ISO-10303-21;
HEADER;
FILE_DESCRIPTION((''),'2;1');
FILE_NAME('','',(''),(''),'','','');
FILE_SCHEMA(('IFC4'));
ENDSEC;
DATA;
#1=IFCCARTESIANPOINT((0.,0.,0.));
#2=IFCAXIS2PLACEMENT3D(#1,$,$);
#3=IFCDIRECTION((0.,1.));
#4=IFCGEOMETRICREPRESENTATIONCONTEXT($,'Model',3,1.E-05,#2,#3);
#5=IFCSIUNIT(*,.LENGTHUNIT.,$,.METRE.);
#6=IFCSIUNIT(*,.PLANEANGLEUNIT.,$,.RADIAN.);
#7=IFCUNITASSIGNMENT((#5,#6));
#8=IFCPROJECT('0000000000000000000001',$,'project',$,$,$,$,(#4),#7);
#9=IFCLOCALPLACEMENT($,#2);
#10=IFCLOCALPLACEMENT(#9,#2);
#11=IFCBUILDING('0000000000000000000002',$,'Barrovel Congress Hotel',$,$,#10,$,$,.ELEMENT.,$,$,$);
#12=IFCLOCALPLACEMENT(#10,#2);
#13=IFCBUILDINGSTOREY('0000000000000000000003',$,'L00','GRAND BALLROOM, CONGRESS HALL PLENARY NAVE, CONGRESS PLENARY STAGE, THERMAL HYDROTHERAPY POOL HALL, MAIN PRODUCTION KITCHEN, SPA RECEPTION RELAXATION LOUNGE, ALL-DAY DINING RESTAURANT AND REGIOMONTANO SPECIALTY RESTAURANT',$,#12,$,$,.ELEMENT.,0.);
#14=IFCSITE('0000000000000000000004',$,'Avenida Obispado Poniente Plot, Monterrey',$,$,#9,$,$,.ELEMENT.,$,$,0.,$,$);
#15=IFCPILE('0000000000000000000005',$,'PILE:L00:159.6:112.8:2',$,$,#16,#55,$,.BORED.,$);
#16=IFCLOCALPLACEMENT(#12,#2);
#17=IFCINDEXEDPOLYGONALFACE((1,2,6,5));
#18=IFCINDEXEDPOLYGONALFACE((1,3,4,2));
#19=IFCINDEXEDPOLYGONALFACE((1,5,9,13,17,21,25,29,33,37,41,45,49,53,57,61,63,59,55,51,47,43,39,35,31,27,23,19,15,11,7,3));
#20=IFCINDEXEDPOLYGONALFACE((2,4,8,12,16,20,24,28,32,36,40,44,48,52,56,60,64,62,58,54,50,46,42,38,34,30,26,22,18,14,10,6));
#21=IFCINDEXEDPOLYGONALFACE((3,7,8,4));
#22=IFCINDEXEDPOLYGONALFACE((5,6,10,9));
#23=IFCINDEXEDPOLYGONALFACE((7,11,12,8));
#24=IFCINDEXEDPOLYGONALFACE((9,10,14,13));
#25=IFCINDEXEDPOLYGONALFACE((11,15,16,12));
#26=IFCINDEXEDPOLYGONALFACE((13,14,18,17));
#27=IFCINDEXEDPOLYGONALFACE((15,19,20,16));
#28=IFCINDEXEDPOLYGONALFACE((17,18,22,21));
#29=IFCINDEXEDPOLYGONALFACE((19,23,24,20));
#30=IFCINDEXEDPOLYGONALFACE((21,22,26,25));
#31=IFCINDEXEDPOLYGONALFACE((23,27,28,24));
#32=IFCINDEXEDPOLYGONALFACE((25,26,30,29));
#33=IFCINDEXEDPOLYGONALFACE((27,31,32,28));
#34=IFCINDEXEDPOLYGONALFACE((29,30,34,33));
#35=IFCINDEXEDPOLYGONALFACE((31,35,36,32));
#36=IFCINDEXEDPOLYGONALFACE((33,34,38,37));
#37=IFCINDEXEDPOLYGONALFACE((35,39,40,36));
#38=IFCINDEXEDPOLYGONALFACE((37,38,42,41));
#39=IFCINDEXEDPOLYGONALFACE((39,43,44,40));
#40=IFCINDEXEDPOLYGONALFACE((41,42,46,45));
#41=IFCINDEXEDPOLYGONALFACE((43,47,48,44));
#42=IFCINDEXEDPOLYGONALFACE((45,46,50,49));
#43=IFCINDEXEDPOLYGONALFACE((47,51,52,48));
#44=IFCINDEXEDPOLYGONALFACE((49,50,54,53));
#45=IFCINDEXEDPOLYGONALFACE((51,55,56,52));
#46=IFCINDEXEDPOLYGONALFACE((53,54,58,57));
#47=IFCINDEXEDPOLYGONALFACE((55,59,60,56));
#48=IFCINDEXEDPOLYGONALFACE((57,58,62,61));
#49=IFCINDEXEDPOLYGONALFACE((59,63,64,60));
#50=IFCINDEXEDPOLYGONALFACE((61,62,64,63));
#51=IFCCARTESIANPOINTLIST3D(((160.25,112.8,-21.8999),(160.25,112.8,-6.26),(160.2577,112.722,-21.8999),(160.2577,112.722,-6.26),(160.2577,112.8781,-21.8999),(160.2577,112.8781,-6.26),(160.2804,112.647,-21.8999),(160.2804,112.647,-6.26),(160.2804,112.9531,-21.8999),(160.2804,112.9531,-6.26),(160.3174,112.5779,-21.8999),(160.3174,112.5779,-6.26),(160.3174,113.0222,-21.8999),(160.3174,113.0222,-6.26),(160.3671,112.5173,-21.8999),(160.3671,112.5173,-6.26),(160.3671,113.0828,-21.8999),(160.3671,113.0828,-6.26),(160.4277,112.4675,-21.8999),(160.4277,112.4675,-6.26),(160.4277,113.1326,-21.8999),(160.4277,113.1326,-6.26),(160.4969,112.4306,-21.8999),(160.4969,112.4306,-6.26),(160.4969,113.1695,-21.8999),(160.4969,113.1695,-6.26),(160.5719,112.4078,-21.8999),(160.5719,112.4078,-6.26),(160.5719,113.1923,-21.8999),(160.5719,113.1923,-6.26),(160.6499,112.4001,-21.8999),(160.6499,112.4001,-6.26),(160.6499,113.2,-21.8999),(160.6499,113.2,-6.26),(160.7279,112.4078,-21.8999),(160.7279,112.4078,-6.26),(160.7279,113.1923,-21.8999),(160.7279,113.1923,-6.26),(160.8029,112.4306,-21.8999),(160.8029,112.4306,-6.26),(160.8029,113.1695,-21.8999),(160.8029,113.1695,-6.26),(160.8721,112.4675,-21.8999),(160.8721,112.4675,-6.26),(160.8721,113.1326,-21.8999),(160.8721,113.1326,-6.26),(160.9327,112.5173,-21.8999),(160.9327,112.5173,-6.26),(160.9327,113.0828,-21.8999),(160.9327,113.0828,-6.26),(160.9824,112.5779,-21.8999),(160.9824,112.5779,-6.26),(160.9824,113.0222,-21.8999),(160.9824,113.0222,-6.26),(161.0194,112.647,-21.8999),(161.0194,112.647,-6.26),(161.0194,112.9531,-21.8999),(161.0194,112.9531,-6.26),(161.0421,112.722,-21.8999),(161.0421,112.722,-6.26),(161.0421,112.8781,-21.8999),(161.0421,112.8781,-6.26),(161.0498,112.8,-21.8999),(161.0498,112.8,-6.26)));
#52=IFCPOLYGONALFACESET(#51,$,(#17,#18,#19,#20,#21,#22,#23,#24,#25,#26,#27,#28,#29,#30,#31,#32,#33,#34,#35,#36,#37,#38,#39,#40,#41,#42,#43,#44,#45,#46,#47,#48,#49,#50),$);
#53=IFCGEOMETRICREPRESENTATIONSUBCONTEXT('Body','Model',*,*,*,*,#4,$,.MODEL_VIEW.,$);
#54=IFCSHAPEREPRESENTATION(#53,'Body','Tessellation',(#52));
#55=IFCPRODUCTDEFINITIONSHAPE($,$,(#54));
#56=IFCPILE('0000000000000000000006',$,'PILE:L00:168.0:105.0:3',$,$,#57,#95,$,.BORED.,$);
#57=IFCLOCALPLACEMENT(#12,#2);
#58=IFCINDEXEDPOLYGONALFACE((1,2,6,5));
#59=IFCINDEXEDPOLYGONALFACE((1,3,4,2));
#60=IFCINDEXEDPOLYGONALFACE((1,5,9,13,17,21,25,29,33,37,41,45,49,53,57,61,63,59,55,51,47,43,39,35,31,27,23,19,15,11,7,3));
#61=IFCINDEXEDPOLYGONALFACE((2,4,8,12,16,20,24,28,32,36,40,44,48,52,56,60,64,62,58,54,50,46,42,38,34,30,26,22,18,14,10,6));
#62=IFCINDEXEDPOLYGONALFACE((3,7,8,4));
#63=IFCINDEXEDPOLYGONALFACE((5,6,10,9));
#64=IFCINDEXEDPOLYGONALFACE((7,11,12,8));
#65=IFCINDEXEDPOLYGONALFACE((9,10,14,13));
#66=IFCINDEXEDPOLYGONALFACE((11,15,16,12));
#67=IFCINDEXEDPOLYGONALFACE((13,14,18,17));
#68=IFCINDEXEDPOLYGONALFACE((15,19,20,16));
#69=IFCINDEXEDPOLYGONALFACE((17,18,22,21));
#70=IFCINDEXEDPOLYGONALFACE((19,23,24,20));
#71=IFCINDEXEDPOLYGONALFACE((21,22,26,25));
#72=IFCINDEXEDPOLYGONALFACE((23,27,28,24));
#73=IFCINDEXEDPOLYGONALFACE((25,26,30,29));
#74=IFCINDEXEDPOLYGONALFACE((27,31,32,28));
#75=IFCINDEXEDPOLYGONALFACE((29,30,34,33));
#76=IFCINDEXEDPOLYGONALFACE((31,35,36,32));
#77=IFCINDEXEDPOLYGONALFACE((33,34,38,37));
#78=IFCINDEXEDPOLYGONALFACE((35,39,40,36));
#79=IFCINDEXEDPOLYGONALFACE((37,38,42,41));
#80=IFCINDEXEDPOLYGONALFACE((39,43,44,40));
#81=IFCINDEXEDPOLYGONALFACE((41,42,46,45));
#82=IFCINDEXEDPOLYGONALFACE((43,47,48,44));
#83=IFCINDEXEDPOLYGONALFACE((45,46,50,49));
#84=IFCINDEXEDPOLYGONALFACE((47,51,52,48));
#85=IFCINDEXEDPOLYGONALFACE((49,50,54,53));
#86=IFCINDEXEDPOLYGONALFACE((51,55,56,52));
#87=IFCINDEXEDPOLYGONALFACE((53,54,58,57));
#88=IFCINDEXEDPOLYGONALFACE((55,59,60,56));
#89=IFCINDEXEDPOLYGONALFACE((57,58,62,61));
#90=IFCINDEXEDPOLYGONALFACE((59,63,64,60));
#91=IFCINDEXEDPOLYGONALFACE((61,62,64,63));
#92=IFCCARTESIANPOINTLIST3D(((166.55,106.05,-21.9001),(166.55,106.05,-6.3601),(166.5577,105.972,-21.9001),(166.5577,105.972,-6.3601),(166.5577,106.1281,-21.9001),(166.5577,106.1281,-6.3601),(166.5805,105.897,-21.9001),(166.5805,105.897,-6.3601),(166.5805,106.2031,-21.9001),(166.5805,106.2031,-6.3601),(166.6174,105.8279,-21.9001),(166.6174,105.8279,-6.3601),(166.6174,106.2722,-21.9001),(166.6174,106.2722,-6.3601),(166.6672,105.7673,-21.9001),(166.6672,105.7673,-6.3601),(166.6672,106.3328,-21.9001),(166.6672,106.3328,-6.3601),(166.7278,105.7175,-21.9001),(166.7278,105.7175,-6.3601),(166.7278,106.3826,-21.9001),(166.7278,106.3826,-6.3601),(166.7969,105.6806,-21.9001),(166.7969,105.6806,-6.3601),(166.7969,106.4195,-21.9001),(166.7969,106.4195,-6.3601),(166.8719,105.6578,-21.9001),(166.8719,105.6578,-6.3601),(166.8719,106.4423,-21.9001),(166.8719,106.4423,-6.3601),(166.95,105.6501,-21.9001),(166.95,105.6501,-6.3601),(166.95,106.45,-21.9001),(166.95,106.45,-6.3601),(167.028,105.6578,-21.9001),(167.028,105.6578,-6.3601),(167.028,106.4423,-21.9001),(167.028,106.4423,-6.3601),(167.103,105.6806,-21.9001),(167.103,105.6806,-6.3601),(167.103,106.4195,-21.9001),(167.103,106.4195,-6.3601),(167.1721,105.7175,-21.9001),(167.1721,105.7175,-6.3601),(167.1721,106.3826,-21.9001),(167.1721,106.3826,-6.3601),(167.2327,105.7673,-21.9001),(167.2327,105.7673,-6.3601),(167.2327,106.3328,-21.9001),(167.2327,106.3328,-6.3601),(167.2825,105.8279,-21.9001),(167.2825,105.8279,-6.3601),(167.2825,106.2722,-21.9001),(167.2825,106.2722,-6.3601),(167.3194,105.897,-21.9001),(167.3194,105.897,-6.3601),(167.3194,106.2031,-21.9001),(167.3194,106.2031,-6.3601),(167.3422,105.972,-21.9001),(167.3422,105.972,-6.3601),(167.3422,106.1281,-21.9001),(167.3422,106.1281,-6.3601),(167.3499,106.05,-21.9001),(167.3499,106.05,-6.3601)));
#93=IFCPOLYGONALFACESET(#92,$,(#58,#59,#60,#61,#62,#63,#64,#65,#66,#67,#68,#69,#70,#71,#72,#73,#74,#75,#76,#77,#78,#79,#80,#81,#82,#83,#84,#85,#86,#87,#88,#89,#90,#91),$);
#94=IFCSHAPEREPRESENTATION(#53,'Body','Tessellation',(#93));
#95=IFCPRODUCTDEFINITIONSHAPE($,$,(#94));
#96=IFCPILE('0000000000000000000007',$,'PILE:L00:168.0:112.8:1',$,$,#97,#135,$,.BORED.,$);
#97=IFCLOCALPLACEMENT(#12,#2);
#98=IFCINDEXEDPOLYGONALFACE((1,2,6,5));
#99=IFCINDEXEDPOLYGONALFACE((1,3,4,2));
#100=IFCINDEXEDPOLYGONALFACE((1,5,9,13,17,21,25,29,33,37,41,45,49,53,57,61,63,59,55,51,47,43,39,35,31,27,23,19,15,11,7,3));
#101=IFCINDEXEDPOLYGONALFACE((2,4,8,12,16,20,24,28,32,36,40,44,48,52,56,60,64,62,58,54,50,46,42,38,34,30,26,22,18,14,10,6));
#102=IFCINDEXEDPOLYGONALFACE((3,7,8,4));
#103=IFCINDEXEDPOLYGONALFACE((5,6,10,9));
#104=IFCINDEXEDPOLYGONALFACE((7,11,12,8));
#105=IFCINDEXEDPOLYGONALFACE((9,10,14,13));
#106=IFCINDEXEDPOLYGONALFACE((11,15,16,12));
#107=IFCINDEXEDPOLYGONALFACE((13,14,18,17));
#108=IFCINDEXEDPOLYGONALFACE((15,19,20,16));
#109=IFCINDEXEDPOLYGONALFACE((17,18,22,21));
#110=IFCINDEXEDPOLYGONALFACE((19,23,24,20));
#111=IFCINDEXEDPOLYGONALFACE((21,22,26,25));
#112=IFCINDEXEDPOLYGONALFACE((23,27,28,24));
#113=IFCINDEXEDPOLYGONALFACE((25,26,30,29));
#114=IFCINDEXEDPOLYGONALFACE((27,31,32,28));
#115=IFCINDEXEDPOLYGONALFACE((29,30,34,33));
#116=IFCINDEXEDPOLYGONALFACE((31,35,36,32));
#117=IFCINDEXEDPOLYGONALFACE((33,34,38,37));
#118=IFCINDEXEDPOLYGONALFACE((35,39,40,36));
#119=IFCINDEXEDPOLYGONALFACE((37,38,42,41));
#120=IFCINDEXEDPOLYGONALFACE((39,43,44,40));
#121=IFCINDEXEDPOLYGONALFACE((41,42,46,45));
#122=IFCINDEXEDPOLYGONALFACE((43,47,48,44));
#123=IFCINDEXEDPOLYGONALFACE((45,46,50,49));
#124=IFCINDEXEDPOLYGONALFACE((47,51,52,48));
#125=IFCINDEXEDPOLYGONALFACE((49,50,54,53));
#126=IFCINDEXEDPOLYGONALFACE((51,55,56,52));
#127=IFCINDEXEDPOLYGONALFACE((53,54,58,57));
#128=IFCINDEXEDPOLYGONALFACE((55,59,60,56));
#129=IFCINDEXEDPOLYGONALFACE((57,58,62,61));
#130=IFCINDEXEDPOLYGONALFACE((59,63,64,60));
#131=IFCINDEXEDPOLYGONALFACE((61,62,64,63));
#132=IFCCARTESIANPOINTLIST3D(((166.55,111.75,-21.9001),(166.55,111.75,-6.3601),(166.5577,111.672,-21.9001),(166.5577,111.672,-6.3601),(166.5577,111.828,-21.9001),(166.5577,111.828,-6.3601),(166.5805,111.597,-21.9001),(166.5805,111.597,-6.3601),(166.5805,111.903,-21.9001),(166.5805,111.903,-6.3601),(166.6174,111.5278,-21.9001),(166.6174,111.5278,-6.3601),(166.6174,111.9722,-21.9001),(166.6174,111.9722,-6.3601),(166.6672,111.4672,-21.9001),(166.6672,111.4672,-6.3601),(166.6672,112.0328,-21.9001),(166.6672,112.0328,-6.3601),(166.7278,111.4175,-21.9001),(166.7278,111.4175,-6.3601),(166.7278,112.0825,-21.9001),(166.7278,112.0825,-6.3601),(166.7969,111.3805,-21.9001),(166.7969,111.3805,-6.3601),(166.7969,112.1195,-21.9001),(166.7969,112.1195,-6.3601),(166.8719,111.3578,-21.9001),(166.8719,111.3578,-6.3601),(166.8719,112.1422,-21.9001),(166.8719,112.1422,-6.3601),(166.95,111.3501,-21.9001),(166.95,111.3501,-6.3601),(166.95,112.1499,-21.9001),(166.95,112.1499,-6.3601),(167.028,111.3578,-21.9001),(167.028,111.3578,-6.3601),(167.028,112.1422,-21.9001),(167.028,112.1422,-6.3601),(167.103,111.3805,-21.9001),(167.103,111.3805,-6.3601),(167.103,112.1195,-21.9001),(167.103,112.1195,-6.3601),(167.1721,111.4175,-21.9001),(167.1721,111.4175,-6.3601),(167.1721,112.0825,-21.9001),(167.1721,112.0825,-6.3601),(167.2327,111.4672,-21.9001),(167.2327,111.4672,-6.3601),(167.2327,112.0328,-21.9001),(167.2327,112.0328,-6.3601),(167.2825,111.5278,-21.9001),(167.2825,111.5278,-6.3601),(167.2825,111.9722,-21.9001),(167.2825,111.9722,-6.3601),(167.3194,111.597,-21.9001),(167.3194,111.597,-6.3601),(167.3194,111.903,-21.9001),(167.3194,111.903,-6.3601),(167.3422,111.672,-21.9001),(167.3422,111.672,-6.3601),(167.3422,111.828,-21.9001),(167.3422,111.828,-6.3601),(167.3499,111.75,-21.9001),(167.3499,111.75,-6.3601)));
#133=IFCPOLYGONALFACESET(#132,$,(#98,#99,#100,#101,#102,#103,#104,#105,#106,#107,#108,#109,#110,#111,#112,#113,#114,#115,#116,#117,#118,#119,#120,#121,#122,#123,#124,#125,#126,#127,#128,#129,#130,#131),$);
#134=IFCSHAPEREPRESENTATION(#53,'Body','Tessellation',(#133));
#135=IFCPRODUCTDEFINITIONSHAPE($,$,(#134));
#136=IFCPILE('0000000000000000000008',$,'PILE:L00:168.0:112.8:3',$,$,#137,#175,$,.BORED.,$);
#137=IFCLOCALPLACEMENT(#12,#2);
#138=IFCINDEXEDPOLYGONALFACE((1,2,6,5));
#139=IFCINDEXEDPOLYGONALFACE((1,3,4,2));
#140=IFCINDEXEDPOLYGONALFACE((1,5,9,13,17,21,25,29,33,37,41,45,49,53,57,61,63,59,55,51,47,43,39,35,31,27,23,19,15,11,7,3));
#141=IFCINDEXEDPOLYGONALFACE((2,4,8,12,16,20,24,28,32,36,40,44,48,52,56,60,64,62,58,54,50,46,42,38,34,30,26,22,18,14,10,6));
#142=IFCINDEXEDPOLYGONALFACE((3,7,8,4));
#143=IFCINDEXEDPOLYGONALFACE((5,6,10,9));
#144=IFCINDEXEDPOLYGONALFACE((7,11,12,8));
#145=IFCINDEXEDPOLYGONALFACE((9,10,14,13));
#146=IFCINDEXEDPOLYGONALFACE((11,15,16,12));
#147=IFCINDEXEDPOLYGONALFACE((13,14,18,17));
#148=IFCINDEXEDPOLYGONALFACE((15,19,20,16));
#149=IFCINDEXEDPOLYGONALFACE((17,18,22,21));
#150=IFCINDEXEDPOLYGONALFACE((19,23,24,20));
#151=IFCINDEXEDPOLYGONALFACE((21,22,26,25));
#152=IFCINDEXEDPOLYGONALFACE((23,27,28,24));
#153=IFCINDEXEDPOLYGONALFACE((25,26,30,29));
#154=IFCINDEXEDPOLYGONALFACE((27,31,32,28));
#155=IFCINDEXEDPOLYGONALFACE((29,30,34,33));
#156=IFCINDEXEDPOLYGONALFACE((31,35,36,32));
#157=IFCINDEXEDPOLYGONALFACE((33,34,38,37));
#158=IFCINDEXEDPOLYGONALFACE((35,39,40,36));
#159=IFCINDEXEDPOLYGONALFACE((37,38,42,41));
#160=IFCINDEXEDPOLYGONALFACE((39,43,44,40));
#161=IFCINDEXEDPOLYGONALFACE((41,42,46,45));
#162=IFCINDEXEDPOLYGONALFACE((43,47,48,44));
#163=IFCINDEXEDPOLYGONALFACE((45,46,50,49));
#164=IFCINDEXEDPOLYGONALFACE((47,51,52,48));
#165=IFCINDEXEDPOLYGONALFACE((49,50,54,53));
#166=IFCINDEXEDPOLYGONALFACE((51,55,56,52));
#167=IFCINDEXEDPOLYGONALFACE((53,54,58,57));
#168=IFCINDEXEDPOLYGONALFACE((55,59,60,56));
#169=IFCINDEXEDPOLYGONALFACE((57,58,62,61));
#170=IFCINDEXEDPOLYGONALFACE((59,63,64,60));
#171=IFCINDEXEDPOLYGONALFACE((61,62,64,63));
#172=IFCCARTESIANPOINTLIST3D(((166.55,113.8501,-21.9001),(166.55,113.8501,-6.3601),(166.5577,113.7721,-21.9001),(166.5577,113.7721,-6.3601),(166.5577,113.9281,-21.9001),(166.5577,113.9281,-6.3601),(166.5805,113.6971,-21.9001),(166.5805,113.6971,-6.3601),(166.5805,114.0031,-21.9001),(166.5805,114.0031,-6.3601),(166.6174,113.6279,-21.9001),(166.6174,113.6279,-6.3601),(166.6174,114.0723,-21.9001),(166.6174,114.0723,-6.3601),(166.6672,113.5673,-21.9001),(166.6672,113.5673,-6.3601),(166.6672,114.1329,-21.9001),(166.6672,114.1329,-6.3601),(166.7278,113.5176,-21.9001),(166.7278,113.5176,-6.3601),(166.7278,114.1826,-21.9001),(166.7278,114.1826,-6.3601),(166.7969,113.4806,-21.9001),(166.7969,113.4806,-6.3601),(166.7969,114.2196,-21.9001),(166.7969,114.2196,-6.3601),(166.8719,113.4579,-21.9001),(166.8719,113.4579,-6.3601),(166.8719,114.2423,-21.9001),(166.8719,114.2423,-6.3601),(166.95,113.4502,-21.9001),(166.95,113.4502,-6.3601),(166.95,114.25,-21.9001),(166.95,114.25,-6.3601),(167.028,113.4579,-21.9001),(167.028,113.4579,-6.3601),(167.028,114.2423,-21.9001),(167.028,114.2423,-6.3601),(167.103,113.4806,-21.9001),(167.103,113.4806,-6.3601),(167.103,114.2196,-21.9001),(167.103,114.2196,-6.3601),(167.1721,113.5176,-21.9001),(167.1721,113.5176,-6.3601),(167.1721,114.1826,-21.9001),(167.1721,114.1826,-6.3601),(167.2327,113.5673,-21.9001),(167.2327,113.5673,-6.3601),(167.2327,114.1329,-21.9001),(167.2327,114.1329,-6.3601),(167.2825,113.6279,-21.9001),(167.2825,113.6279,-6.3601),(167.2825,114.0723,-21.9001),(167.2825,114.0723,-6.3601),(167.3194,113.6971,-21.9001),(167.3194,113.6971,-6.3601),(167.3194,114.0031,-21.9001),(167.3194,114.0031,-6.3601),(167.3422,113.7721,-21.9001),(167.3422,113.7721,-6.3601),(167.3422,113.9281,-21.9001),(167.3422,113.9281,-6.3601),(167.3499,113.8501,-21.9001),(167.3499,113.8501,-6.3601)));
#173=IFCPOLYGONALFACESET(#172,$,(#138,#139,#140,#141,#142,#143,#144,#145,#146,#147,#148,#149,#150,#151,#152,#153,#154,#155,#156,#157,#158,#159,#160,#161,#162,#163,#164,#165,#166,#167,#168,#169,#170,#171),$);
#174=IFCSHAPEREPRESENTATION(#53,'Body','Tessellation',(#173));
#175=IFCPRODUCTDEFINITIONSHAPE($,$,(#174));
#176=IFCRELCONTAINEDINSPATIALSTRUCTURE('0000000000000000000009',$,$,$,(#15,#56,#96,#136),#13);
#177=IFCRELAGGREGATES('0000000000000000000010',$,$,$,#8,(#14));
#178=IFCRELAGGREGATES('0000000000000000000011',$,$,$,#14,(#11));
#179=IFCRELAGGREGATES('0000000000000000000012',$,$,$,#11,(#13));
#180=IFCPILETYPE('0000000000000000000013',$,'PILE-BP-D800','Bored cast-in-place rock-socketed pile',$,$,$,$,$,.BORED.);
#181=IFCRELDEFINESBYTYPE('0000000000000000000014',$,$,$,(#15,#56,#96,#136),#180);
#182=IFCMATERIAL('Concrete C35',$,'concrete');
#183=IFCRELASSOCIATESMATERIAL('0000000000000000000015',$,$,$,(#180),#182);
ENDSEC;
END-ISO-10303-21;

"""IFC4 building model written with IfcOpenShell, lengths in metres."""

from ifc_helpers import new_model, si_unit, direction, frame, origin, origin_2d, place, context, subcontext, project, spatial, circle, extrude, material, material_profile, profile_set, type_object, element, save


model = new_model("IFC4")

# Units and contexts
model_context = context("Model", 3, precision=1e-05, world=origin(), true_north=direction((0.0, 1.0)))
body_context = subcontext(model_context, "Body", "Model", "MODEL_VIEW")
ifc_project = project(units=[si_unit("LENGTHUNIT", "METRE"), si_unit("PLANEANGLEUNIT", "RADIAN")], contexts=[model_context])

# Site, building, storey
site_placement = place(None, origin())
site = spatial("IfcSite", under=ifc_project, at=site_placement, Name="Avenida Obispado Poniente Plot, Monterrey", CompositionType="ELEMENT", RefElevation=0.0)
building_placement = place(site_placement, origin())
building = spatial("IfcBuilding", under=site, at=building_placement, Name="Barrovel Congress Hotel", CompositionType="ELEMENT")
storey_placement = place(building_placement, origin())
storey = spatial("IfcBuildingStorey", under=building, at=storey_placement, Name="L00", Description="GRAND BALLROOM, CONGRESS HALL PLENARY NAVE, CONGRESS PLENARY STAGE, THERMAL HYDROTHERAPY POOL HALL, MAIN PRODUCTION KITCHEN, SPA RECEPTION RELAXATION LOUNGE, ALL-DAY DINING RESTAURANT AND REGIOMONTANO SPECIALTY RESTAURANT", CompositionType="ELEMENT", Elevation=0.0)

# Piles
ifc_material_1 = material(Name="Concrete C35", Category="concrete")
ifc_material_profile_1 = material_profile(ifc_material_1, circle(Radius=0.3999, at=origin_2d()), Name="BP-D800")
ifc_profile_set_1 = profile_set([ifc_material_profile_1], Name="Concrete C35")
pile_type = type_object("IfcPileType", Name="PILE-BP-D800", Description="Bored cast-in-place rock-socketed pile", PredefinedType="BORED", material=ifc_profile_set_1)
for number, where, z_axis, x_axis, name in (
    (1, (160.6499, 112.8, -6.26), (0.0, 0.0, -1.0), (1.0, 0.0, 0.0), "PILE:L00:159.6:112.8:2"),
):
    element("IfcPile", number, at=place(storey_placement, frame(where, z_axis=z_axis, x_axis=x_axis)), inside=storey, type_object=pile_type, Name=name, PredefinedType="BORED", context=body_context, shape_type="SweptSolid", body=[
        extrude(circle(Radius=0.3999, at=origin_2d()), origin(), (0.0, 0.0, 1.0), 15.6399),
    ])
for number, where, z_axis, x_axis, name in (
    (2, (166.95, 106.05, -6.3601), (0.0, 0.0, -1.0), (1.0, 0.0, 0.0), "PILE:L00:168.0:105.0:3"),
    (3, (166.95, 111.75, -6.3601), (0.0, 0.0, -1.0), (1.0, 0.0, 0.0), "PILE:L00:168.0:112.8:1"),
    (4, (166.95, 113.8501, -6.3601), (0.0, 0.0, -1.0), (1.0, 0.0, 0.0), "PILE:L00:168.0:112.8:3"),
):
    element("IfcPile", number, at=place(storey_placement, frame(where, z_axis=z_axis, x_axis=x_axis)), inside=storey, type_object=pile_type, Name=name, PredefinedType="BORED", context=body_context, shape_type="SweptSolid", body=[
        extrude(circle(Radius=0.3999, at=origin_2d()), origin(), (0.0, 0.0, 1.0), 15.54),
    ])

save(model, "model.ifc")
